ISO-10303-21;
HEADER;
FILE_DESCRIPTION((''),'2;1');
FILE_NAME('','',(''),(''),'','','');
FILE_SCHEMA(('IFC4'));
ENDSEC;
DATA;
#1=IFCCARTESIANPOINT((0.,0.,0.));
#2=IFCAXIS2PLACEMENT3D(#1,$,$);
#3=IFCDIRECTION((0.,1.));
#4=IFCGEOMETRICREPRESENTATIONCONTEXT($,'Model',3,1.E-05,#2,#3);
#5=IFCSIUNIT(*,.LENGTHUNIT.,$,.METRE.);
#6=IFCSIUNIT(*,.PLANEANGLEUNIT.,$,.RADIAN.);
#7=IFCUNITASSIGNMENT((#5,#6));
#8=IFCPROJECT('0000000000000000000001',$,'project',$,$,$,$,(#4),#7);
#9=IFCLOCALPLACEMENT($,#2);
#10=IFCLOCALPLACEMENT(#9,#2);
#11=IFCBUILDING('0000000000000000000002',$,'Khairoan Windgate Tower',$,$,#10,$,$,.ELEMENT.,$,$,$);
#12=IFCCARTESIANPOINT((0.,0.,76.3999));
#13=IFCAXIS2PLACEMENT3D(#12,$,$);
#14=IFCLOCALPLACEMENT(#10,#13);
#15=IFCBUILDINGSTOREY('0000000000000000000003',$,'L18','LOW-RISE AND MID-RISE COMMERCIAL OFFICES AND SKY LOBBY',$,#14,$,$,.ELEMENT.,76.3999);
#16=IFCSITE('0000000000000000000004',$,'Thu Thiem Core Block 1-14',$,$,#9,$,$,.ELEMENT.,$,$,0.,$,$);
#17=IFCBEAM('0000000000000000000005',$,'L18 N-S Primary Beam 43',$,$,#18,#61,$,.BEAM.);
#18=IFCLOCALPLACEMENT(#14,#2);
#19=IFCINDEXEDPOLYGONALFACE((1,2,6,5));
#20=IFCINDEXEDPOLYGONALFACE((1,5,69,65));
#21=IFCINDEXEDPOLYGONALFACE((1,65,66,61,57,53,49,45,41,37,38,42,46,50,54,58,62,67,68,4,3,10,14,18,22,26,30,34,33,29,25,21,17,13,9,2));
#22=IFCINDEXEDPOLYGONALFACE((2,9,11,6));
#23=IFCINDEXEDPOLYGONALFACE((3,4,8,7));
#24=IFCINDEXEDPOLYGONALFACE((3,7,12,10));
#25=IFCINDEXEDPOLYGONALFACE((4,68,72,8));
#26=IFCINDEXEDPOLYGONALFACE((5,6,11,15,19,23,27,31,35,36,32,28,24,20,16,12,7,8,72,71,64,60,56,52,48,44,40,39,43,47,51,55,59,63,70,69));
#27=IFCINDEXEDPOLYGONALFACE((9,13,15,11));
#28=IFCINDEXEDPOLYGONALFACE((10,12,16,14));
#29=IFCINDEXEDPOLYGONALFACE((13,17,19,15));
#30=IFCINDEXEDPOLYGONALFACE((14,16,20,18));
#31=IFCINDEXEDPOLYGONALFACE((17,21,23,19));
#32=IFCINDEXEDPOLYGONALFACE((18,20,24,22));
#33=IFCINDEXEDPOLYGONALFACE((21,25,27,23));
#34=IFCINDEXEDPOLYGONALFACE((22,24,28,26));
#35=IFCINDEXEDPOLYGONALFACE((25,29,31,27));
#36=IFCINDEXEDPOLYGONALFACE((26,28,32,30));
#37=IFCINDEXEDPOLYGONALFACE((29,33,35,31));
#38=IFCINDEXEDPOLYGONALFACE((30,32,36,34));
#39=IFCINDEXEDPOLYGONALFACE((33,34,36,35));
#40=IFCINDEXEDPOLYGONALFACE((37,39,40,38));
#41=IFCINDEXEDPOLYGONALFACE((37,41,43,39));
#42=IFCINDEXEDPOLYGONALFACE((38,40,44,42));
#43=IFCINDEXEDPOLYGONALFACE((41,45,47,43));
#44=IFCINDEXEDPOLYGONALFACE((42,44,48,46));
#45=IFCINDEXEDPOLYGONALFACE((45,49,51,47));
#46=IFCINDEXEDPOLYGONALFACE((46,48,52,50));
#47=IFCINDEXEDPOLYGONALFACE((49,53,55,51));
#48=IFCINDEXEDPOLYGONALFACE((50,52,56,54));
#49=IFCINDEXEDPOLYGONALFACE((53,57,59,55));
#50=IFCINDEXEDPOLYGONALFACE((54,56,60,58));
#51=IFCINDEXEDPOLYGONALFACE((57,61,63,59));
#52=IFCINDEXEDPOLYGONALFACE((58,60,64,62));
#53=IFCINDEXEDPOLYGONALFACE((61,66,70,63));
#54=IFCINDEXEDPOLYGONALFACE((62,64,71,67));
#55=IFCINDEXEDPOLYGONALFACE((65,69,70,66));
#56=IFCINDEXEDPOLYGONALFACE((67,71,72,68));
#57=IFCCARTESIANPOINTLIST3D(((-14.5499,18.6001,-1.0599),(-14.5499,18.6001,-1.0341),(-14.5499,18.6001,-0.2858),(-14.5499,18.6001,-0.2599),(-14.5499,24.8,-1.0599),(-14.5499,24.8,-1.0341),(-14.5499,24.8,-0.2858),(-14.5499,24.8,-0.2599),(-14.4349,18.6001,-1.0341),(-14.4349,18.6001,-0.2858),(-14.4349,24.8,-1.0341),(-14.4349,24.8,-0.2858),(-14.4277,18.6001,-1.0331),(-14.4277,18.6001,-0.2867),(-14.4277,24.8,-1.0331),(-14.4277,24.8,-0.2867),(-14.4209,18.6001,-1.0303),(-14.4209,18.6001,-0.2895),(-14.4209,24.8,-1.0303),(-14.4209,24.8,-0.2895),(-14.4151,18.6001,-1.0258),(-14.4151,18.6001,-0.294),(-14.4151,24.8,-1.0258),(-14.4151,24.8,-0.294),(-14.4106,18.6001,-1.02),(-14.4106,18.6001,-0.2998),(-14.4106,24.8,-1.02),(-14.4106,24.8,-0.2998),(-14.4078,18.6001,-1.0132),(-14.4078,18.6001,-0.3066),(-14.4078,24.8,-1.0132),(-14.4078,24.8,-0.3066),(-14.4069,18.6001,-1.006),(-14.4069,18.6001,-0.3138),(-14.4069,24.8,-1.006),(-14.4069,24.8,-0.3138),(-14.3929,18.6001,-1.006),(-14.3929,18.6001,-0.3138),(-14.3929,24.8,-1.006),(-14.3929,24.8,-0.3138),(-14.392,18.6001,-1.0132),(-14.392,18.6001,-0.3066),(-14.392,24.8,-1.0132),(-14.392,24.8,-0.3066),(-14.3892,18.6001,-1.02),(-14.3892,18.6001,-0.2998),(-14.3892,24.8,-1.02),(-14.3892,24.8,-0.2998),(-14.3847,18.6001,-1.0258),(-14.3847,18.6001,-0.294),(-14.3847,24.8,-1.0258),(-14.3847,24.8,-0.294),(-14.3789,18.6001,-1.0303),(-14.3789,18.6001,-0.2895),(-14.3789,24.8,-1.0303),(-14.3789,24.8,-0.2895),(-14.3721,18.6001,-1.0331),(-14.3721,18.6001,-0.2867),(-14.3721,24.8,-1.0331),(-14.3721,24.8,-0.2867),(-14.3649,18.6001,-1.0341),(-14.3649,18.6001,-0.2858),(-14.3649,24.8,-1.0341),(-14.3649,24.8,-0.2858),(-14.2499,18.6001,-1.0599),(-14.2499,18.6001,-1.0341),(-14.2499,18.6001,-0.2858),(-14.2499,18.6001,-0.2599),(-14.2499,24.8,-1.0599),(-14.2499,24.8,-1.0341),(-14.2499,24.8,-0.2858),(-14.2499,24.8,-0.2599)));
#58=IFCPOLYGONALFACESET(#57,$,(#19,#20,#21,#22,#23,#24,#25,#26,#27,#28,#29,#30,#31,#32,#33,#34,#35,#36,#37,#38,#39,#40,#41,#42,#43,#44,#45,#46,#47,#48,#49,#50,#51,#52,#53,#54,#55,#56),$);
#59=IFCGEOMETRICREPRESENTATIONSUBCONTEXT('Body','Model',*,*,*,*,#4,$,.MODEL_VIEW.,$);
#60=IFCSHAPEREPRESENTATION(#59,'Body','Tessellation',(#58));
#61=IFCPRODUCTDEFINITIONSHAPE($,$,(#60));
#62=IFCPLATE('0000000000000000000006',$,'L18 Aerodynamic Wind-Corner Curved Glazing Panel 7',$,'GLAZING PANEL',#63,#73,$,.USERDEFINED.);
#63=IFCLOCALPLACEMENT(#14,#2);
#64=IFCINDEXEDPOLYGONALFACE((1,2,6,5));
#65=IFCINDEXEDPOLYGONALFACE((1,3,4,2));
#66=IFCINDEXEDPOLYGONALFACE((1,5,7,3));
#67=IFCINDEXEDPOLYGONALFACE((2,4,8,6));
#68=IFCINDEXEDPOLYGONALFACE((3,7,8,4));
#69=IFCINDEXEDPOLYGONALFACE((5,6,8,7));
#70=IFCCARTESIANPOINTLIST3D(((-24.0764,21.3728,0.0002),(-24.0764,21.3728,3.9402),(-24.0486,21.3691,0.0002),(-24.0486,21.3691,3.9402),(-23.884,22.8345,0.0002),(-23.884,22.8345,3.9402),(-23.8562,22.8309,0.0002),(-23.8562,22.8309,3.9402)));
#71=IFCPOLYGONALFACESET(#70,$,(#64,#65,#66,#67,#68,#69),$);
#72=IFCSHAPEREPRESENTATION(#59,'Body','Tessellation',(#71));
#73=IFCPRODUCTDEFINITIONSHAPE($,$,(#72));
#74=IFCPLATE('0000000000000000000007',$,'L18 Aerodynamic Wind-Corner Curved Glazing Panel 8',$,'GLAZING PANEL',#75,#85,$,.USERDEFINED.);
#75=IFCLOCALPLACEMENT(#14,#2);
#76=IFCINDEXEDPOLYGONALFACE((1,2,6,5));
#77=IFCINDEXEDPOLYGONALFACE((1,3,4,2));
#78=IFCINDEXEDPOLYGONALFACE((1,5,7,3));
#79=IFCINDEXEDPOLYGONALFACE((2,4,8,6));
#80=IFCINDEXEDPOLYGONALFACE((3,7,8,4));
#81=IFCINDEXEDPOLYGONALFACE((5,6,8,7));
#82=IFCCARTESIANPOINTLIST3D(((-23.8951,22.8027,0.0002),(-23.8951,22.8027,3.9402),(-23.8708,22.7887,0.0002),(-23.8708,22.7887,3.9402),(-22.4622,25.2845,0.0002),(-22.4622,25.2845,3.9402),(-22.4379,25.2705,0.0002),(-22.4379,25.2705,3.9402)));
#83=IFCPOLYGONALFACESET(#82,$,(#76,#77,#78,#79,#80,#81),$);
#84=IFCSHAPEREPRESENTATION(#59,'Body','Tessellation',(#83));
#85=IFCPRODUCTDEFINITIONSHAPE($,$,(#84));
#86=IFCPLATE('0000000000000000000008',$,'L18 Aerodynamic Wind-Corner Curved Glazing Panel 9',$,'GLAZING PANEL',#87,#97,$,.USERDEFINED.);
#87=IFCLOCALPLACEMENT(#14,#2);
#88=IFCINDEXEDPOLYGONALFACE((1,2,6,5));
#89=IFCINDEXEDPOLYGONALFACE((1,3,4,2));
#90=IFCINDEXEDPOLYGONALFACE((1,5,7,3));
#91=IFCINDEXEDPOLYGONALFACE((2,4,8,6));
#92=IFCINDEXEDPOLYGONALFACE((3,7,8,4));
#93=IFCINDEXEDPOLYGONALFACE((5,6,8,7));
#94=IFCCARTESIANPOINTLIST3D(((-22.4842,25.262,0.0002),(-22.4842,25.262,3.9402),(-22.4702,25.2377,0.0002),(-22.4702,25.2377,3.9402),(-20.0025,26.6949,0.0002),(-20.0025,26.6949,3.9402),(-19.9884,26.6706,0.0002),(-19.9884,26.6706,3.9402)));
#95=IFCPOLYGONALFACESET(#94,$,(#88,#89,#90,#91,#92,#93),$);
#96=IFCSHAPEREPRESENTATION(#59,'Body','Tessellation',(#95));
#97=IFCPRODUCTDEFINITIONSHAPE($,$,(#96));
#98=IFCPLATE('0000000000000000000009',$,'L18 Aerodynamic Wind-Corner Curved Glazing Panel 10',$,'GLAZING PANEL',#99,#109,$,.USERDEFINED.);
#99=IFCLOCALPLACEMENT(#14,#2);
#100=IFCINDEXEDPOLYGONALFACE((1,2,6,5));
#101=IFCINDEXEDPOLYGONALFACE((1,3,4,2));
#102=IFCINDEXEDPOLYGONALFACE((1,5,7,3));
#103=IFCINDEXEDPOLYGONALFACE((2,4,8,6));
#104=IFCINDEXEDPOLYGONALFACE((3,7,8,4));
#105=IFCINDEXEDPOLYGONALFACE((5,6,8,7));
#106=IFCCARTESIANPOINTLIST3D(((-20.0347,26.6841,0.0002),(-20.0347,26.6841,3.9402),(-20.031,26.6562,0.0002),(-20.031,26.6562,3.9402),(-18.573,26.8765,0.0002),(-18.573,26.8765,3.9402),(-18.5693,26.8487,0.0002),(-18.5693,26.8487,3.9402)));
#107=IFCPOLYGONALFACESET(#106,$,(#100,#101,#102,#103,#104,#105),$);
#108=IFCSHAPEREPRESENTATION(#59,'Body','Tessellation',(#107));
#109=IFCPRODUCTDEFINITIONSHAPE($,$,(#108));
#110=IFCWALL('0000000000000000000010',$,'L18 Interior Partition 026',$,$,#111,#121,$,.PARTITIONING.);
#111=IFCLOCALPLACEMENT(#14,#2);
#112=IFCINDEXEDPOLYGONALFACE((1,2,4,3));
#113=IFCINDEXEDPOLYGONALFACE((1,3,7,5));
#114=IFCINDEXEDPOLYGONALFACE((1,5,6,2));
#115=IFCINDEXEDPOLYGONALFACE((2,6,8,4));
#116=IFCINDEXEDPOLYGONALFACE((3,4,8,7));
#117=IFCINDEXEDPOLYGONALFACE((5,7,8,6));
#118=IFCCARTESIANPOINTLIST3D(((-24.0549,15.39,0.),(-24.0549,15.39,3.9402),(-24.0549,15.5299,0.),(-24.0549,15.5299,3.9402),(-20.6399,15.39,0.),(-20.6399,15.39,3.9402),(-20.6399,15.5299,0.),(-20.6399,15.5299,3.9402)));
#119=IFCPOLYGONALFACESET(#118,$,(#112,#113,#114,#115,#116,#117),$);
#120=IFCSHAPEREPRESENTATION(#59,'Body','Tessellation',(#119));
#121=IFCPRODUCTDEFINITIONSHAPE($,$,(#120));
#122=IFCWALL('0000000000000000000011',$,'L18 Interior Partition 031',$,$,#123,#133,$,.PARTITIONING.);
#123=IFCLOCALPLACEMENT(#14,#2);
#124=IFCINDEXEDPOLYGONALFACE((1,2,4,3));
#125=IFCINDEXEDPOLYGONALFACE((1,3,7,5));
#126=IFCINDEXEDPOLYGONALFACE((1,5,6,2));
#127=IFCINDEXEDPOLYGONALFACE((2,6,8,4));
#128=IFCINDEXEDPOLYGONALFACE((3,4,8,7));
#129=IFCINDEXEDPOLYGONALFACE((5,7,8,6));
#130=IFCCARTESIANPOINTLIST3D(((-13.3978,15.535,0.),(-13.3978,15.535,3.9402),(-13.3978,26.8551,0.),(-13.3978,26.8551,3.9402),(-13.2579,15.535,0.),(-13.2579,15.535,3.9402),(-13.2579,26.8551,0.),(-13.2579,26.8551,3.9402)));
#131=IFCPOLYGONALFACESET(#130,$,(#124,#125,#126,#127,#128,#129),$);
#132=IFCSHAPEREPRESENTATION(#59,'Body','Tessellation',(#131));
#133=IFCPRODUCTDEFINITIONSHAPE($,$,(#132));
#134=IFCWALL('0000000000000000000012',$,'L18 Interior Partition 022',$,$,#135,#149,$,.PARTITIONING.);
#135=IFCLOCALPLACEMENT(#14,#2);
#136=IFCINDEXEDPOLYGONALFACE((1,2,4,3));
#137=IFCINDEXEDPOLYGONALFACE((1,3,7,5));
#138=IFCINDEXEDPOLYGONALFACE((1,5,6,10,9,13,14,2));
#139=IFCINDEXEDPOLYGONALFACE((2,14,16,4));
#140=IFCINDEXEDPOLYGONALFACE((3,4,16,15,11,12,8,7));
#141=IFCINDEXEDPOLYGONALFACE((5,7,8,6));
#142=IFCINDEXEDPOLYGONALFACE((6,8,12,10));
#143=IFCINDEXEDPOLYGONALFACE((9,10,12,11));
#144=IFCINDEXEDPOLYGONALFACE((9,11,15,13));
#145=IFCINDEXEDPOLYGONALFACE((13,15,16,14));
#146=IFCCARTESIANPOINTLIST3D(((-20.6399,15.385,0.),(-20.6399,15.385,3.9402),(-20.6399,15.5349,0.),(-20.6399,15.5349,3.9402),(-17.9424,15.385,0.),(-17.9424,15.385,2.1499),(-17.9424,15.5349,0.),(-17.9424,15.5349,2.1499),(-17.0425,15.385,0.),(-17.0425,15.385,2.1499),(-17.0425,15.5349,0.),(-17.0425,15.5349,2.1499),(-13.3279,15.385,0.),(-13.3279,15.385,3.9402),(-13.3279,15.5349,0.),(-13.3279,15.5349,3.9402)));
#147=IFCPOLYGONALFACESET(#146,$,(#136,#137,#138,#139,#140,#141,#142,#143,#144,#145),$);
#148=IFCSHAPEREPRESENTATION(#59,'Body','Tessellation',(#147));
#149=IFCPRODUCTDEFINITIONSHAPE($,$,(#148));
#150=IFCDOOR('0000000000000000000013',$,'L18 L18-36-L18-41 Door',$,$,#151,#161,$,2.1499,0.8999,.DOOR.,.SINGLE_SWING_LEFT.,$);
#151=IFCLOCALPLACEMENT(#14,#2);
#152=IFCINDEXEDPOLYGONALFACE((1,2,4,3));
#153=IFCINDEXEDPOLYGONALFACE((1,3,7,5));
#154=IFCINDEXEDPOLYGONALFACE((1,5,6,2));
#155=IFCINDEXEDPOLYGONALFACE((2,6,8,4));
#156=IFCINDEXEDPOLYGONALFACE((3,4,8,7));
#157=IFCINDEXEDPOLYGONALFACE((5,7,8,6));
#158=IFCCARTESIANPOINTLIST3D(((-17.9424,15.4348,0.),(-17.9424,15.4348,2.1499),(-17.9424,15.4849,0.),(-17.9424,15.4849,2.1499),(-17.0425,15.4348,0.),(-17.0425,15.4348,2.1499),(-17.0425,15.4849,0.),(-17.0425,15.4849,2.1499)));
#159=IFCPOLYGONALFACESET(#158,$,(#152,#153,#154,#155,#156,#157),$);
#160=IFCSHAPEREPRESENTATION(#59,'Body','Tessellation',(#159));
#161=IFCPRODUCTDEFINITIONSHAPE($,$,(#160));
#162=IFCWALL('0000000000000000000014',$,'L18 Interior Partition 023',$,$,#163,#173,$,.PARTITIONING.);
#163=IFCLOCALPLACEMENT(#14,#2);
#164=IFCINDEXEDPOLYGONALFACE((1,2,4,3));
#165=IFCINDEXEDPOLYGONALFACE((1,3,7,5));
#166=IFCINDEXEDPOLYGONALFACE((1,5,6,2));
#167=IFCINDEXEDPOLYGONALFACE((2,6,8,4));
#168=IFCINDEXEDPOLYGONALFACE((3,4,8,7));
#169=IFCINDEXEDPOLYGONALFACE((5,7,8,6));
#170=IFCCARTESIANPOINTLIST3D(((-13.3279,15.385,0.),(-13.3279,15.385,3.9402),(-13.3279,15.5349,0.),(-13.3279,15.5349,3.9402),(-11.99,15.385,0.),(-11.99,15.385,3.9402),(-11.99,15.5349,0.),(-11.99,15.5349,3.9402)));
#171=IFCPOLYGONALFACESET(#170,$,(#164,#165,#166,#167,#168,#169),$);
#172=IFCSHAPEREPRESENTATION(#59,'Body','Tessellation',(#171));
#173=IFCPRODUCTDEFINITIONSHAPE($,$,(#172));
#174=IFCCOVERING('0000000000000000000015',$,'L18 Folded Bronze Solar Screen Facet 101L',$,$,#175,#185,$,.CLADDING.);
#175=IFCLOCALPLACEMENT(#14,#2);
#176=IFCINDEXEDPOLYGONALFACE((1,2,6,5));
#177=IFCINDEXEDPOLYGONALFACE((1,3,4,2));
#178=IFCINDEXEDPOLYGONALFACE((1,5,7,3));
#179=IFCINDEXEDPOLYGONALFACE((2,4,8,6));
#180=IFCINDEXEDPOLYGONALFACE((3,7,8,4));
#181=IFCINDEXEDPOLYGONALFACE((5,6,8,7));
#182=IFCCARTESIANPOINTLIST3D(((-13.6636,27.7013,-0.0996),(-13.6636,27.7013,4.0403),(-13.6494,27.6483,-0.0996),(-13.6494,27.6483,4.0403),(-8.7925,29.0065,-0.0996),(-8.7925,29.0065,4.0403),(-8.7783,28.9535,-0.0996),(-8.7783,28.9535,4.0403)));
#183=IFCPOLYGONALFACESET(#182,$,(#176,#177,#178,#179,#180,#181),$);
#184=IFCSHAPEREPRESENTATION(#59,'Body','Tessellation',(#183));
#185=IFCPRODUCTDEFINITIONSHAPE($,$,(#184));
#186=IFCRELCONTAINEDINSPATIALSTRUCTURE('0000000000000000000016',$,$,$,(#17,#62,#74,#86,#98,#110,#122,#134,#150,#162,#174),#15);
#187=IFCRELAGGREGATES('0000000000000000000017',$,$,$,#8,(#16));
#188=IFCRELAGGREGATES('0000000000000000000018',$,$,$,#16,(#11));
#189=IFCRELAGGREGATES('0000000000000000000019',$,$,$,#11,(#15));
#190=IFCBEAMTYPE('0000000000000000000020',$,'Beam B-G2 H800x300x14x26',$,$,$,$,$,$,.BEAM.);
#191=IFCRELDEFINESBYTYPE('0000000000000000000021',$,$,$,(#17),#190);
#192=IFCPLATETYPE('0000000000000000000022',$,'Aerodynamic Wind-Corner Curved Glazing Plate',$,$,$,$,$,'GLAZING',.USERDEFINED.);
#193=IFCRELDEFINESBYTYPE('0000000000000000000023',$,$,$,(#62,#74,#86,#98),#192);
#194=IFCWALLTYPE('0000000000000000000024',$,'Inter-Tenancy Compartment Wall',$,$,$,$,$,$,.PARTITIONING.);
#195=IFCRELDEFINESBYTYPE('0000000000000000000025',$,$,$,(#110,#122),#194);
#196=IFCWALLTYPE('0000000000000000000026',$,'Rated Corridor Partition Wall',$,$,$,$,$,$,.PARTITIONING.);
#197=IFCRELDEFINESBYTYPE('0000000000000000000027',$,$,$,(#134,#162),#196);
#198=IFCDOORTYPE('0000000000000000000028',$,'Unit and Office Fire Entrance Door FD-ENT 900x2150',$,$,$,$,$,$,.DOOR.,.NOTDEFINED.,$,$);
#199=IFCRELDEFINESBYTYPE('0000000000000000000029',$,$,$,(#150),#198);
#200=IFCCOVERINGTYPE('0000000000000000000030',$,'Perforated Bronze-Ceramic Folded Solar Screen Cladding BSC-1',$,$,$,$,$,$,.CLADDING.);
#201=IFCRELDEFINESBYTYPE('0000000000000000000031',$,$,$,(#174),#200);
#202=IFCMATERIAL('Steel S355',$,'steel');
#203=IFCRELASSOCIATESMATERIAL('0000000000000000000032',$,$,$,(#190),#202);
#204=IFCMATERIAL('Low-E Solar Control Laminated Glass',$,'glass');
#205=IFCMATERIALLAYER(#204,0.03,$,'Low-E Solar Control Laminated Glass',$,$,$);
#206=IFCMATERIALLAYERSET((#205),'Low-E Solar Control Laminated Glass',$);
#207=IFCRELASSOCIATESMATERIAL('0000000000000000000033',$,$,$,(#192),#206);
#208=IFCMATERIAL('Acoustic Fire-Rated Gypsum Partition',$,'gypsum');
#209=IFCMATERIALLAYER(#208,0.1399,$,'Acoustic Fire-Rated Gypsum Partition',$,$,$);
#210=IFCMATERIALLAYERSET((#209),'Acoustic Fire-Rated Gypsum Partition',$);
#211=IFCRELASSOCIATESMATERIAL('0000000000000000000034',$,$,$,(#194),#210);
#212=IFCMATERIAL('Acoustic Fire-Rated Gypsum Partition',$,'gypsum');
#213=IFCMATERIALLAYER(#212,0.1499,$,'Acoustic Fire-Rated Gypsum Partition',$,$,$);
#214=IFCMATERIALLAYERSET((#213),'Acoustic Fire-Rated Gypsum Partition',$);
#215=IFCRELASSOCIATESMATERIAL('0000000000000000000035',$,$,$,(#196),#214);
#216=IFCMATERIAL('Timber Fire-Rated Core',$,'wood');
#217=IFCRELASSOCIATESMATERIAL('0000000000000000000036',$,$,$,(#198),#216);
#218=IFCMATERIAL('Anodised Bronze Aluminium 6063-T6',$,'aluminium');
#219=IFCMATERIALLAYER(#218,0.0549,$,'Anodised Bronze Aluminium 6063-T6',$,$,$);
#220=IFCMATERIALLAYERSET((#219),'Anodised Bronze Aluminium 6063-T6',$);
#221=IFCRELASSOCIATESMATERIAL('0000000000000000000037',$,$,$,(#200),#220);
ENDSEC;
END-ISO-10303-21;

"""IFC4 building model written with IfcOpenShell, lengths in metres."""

from ifc_helpers import new_model, si_unit, direction, frame, frame_2d, origin, origin_2d, place, context, subcontext, project, spatial, rectangle, i_section, extrude, material, layer, layer_set, material_profile, profile_set, type_object, element, fill, save


model = new_model("IFC4")

# Units and contexts
model_context = context("Model", 3, precision=1e-05, world=origin(), true_north=direction((0.0, 1.0)))
body_context = subcontext(model_context, "Body", "Model", "MODEL_VIEW")
ifc_project = project(units=[si_unit("LENGTHUNIT", "METRE"), si_unit("PLANEANGLEUNIT", "RADIAN")], contexts=[model_context])

# Site, building, storey
site_placement = place(None, origin())
site = spatial("IfcSite", under=ifc_project, at=site_placement, Name="Thu Thiem Core Block 1-14", CompositionType="ELEMENT", RefElevation=0.0)
building_placement = place(site_placement, origin())
building = spatial("IfcBuilding", under=site, at=building_placement, Name="Khairoan Windgate Tower", CompositionType="ELEMENT")
storey_placement = place(building_placement, frame((0.0, 0.0, 76.3999)))
storey = spatial("IfcBuildingStorey", under=building, at=storey_placement, Name="L18", Description="LOW-RISE AND MID-RISE COMMERCIAL OFFICES AND SKY LOBBY", CompositionType="ELEMENT", Elevation=76.3999)

# Beam
ifc_material_1 = material(Name="Steel S355", Category="steel")
ifc_material_profile_1 = material_profile(ifc_material_1, i_section(OverallWidth=0.3, OverallDepth=0.8, WebThickness=0.0139, FlangeThickness=0.0259, FilletRadius=0.0281, at=origin_2d()))
ifc_profile_set_1 = profile_set([ifc_material_profile_1], Name="Steel S355")
beam_type = type_object("IfcBeamType", Name="Beam B-G2 H800x300x14x26", PredefinedType="BEAM", material=ifc_profile_set_1)
beam_1_placement = place(storey_placement, frame((-14.3999, 18.6001, -0.6599), z_axis=(0.0, 1.0, 0.0), x_axis=(-1.0, 0.0, 0.0)))
element("IfcBeam", 1, at=beam_1_placement, inside=storey, type_object=beam_type, Name="L18 N-S Primary Beam 43", PredefinedType="BEAM", context=body_context, shape_type="SweptSolid", body=[
    extrude(i_section(OverallWidth=0.3, OverallDepth=0.8, WebThickness=0.0139, FlangeThickness=0.0259, FilletRadius=0.0281, at=origin_2d()), origin(), (0.0, 0.0, 1.0), 6.2),
])

# Plates
ifc_material_2 = material(Name="Low-E Solar Control Laminated Glass", Category="glass")
ifc_layer_1 = layer(ifc_material_2, 0.03, Name="Low-E Solar Control Laminated Glass")
ifc_layer_set_1 = layer_set([ifc_layer_1], Name="Low-E Solar Control Laminated Glass")
plate_type_1 = type_object("IfcPlateType", Name="Aerodynamic Wind-Corner Curved Glazing Plate", ElementType="GLAZING", PredefinedType="USERDEFINED", material=ifc_layer_set_1)
plate_1_placement = place(storey_placement, frame((-23.9663, 22.1018, 0.0002), z_axis=(0.0, 0.0, 1.0), x_axis=(0.130526, 0.991445, 0.0)))
element("IfcPlate", 2, at=plate_1_placement, inside=storey, type_object=plate_type_1, Name="L18 Aerodynamic Wind-Corner Curved Glazing Panel 7", ObjectType="GLAZING PANEL", PredefinedType="USERDEFINED", context=body_context, shape_type="SweptSolid", body=[
    extrude(rectangle(XDim=1.4744, YDim=0.0281, at=origin_2d()), origin(), (0.0, 0.0, 1.0), 3.9399),
])
for number, where, z_axis, x_axis, name in (
    (3, (-23.1665, 24.0366, 0.0002), (0.0, 0.0, 1.0), (0.5, 0.866025, 0.0), "L18 Aerodynamic Wind-Corner Curved Glazing Panel 8"),
    (4, (-21.2363, 25.9663, 0.0002), (0.0, 0.0, 1.0), (0.866025, 0.5, 0.0), "L18 Aerodynamic Wind-Corner Curved Glazing Panel 9"),
):
    element("IfcPlate", number, at=place(storey_placement, frame(where, z_axis=z_axis, x_axis=x_axis)), inside=storey, type_object=plate_type_1, Name=name, ObjectType="GLAZING PANEL", PredefinedType="USERDEFINED", context=body_context, shape_type="SweptSolid", body=[
        extrude(rectangle(XDim=2.8657, YDim=0.0281, at=origin_2d()), origin(), (0.0, 0.0, 1.0), 3.9399),
    ])
plate_2_placement = place(storey_placement, frame((-19.302, 26.7664, 0.0002), z_axis=(0.0, 0.0, 1.0), x_axis=(0.991445, 0.130526, 0.0)))
element("IfcPlate", 5, at=plate_2_placement, inside=storey, type_object=plate_type_1, Name="L18 Aerodynamic Wind-Corner Curved Glazing Panel 10", ObjectType="GLAZING PANEL", PredefinedType="USERDEFINED", context=body_context, shape_type="SweptSolid", body=[
    extrude(rectangle(XDim=1.4744, YDim=0.0281, at=origin_2d()), origin(), (0.0, 0.0, 1.0), 3.9399),
])

# Walls
ifc_material_3 = material(Name="Acoustic Fire-Rated Gypsum Partition", Category="gypsum")
ifc_layer_2 = layer(ifc_material_3, 0.1399, Name="Acoustic Fire-Rated Gypsum Partition")
ifc_layer_set_2 = layer_set([ifc_layer_2], Name="Acoustic Fire-Rated Gypsum Partition")
wall_type_1 = type_object("IfcWallType", Name="Inter-Tenancy Compartment Wall", PredefinedType="PARTITIONING", material=ifc_layer_set_2)
wall_1_placement = place(storey_placement, frame((-24.0549, 15.46, 0.0), z_axis=(0.0, 0.0, 1.0), x_axis=(1.0, 0.0, 0.0)))
element("IfcWall", 6, at=wall_1_placement, inside=storey, type_object=wall_type_1, Name="L18 Interior Partition 026", PredefinedType="PARTITIONING", context=body_context, shape_type="SweptSolid", body=[
    extrude(rectangle(XDim=3.415, YDim=0.1399, at=frame_2d((1.7075, 0.0))), origin(), (0.0, 0.0, 1.0), 3.9402),
])
wall_2_placement = place(storey_placement, frame((-13.3279, 15.5349, 0.0), z_axis=(0.0, 0.0, 1.0), x_axis=(0.0, 1.0, 0.0)))
element("IfcWall", 7, at=wall_2_placement, inside=storey, type_object=wall_type_1, Name="L18 Interior Partition 031", PredefinedType="PARTITIONING", context=body_context, shape_type="SweptSolid", body=[
    extrude(rectangle(XDim=11.3201, YDim=0.1399, at=frame_2d((5.6602, 0.0))), origin(), (0.0, 0.0, 1.0), 3.9402),
])

# Wall, opening, door
ifc_material_4 = material(Name="Acoustic Fire-Rated Gypsum Partition", Category="gypsum")
ifc_layer_3 = layer(ifc_material_4, 0.1499, Name="Acoustic Fire-Rated Gypsum Partition")
ifc_layer_set_3 = layer_set([ifc_layer_3], Name="Acoustic Fire-Rated Gypsum Partition")
wall_type_2 = type_object("IfcWallType", Name="Rated Corridor Partition Wall", PredefinedType="PARTITIONING", material=ifc_layer_set_3)
ifc_material_5 = material(Name="Timber Fire-Rated Core", Category="wood")
door_type = type_object("IfcDoorType", Name="Unit and Office Fire Entrance Door FD-ENT 900x2150", OperationType="NOTDEFINED", PredefinedType="DOOR", material=ifc_material_5)
wall_3_placement = place(storey_placement, frame((-20.6399, 15.46, 0.0), z_axis=(0.0, 0.0, 1.0), x_axis=(1.0, 0.0, 0.0)))
wall_3 = element("IfcWall", 8, at=wall_3_placement, inside=storey, type_object=wall_type_2, Name="L18 Interior Partition 022", PredefinedType="PARTITIONING", context=body_context, shape_type="SweptSolid", body=[
    extrude(rectangle(XDim=7.312, YDim=0.1499, at=frame_2d((3.656, 0.0))), origin(), (0.0, 0.0, 1.0), 3.9402),
])
opening_1_placement = place(wall_3_placement, frame((2.6975, 0.0, 0.0)))
opening_1 = element("IfcOpeningElement", 9, at=opening_1_placement, cuts=wall_3, PredefinedType="OPENING", context=body_context, shape_type="SweptSolid", body=[
    extrude(rectangle(XDim=0.8999, YDim=2.1499, at=frame_2d((0.45, 1.075))), frame((0.0, 0.085, 0.0), z_axis=(0.0, -1.0, 0.0), x_axis=(1.0, 0.0, 0.0)), (0.0, 0.0, 1.0), 0.1699),
])
door_1_placement = place(opening_1_placement, origin())
door_1 = element("IfcDoor", 10, at=door_1_placement, inside=storey, type_object=door_type, Name="L18 L18-36-L18-41 Door", OperationType="SINGLE_SWING_LEFT", OverallHeight=2.1499, OverallWidth=0.8999, PredefinedType="DOOR", context=body_context, shape_type="SweptSolid", body=[
    extrude(rectangle(XDim=0.8999, YDim=2.1499, at=frame_2d((0.45, 1.075))), frame((0.0, 0.0249, 0.0), z_axis=(0.0, -1.0, 0.0), x_axis=(1.0, 0.0, 0.0)), (0.0, 0.0, 1.0), 0.05),
])
fill(opening_1, door_1)

# Wall
wall_4_placement = place(storey_placement, frame((-13.3279, 15.46, 0.0), z_axis=(0.0, 0.0, 1.0), x_axis=(1.0, 0.0, 0.0)))
element("IfcWall", 11, at=wall_4_placement, inside=storey, type_object=wall_type_2, Name="L18 Interior Partition 023", PredefinedType="PARTITIONING", context=body_context, shape_type="SweptSolid", body=[
    extrude(rectangle(XDim=1.3379, YDim=0.1499, at=frame_2d((0.6689, 0.0))), origin(), (0.0, 0.0, 1.0), 3.9402),
])

# Covering
ifc_material_6 = material(Name="Anodised Bronze Aluminium 6063-T6", Category="aluminium")
ifc_layer_4 = layer(ifc_material_6, 0.0549, Name="Anodised Bronze Aluminium 6063-T6")
ifc_layer_set_4 = layer_set([ifc_layer_4], Name="Anodised Bronze Aluminium 6063-T6")
covering_type = type_object("IfcCoveringType", Name="Perforated Bronze-Ceramic Folded Solar Screen Cladding BSC-1", PredefinedType="CLADDING", material=ifc_layer_set_4)
covering_placement = place(storey_placement, frame((-11.2209, 28.3274, -0.0996), z_axis=(0.0, 0.0, 1.0), x_axis=(0.965926, 0.258819, 0.0)))
element("IfcCovering", 12, at=covering_placement, inside=storey, type_object=covering_type, Name="L18 Folded Bronze Solar Screen Facet 101L", PredefinedType="CLADDING", context=body_context, shape_type="SweptSolid", body=[
    extrude(rectangle(XDim=5.043, YDim=0.0549, at=origin_2d()), origin(), (0.0, 0.0, 1.0), 4.1399),
])

save(model, "model.ifc")
